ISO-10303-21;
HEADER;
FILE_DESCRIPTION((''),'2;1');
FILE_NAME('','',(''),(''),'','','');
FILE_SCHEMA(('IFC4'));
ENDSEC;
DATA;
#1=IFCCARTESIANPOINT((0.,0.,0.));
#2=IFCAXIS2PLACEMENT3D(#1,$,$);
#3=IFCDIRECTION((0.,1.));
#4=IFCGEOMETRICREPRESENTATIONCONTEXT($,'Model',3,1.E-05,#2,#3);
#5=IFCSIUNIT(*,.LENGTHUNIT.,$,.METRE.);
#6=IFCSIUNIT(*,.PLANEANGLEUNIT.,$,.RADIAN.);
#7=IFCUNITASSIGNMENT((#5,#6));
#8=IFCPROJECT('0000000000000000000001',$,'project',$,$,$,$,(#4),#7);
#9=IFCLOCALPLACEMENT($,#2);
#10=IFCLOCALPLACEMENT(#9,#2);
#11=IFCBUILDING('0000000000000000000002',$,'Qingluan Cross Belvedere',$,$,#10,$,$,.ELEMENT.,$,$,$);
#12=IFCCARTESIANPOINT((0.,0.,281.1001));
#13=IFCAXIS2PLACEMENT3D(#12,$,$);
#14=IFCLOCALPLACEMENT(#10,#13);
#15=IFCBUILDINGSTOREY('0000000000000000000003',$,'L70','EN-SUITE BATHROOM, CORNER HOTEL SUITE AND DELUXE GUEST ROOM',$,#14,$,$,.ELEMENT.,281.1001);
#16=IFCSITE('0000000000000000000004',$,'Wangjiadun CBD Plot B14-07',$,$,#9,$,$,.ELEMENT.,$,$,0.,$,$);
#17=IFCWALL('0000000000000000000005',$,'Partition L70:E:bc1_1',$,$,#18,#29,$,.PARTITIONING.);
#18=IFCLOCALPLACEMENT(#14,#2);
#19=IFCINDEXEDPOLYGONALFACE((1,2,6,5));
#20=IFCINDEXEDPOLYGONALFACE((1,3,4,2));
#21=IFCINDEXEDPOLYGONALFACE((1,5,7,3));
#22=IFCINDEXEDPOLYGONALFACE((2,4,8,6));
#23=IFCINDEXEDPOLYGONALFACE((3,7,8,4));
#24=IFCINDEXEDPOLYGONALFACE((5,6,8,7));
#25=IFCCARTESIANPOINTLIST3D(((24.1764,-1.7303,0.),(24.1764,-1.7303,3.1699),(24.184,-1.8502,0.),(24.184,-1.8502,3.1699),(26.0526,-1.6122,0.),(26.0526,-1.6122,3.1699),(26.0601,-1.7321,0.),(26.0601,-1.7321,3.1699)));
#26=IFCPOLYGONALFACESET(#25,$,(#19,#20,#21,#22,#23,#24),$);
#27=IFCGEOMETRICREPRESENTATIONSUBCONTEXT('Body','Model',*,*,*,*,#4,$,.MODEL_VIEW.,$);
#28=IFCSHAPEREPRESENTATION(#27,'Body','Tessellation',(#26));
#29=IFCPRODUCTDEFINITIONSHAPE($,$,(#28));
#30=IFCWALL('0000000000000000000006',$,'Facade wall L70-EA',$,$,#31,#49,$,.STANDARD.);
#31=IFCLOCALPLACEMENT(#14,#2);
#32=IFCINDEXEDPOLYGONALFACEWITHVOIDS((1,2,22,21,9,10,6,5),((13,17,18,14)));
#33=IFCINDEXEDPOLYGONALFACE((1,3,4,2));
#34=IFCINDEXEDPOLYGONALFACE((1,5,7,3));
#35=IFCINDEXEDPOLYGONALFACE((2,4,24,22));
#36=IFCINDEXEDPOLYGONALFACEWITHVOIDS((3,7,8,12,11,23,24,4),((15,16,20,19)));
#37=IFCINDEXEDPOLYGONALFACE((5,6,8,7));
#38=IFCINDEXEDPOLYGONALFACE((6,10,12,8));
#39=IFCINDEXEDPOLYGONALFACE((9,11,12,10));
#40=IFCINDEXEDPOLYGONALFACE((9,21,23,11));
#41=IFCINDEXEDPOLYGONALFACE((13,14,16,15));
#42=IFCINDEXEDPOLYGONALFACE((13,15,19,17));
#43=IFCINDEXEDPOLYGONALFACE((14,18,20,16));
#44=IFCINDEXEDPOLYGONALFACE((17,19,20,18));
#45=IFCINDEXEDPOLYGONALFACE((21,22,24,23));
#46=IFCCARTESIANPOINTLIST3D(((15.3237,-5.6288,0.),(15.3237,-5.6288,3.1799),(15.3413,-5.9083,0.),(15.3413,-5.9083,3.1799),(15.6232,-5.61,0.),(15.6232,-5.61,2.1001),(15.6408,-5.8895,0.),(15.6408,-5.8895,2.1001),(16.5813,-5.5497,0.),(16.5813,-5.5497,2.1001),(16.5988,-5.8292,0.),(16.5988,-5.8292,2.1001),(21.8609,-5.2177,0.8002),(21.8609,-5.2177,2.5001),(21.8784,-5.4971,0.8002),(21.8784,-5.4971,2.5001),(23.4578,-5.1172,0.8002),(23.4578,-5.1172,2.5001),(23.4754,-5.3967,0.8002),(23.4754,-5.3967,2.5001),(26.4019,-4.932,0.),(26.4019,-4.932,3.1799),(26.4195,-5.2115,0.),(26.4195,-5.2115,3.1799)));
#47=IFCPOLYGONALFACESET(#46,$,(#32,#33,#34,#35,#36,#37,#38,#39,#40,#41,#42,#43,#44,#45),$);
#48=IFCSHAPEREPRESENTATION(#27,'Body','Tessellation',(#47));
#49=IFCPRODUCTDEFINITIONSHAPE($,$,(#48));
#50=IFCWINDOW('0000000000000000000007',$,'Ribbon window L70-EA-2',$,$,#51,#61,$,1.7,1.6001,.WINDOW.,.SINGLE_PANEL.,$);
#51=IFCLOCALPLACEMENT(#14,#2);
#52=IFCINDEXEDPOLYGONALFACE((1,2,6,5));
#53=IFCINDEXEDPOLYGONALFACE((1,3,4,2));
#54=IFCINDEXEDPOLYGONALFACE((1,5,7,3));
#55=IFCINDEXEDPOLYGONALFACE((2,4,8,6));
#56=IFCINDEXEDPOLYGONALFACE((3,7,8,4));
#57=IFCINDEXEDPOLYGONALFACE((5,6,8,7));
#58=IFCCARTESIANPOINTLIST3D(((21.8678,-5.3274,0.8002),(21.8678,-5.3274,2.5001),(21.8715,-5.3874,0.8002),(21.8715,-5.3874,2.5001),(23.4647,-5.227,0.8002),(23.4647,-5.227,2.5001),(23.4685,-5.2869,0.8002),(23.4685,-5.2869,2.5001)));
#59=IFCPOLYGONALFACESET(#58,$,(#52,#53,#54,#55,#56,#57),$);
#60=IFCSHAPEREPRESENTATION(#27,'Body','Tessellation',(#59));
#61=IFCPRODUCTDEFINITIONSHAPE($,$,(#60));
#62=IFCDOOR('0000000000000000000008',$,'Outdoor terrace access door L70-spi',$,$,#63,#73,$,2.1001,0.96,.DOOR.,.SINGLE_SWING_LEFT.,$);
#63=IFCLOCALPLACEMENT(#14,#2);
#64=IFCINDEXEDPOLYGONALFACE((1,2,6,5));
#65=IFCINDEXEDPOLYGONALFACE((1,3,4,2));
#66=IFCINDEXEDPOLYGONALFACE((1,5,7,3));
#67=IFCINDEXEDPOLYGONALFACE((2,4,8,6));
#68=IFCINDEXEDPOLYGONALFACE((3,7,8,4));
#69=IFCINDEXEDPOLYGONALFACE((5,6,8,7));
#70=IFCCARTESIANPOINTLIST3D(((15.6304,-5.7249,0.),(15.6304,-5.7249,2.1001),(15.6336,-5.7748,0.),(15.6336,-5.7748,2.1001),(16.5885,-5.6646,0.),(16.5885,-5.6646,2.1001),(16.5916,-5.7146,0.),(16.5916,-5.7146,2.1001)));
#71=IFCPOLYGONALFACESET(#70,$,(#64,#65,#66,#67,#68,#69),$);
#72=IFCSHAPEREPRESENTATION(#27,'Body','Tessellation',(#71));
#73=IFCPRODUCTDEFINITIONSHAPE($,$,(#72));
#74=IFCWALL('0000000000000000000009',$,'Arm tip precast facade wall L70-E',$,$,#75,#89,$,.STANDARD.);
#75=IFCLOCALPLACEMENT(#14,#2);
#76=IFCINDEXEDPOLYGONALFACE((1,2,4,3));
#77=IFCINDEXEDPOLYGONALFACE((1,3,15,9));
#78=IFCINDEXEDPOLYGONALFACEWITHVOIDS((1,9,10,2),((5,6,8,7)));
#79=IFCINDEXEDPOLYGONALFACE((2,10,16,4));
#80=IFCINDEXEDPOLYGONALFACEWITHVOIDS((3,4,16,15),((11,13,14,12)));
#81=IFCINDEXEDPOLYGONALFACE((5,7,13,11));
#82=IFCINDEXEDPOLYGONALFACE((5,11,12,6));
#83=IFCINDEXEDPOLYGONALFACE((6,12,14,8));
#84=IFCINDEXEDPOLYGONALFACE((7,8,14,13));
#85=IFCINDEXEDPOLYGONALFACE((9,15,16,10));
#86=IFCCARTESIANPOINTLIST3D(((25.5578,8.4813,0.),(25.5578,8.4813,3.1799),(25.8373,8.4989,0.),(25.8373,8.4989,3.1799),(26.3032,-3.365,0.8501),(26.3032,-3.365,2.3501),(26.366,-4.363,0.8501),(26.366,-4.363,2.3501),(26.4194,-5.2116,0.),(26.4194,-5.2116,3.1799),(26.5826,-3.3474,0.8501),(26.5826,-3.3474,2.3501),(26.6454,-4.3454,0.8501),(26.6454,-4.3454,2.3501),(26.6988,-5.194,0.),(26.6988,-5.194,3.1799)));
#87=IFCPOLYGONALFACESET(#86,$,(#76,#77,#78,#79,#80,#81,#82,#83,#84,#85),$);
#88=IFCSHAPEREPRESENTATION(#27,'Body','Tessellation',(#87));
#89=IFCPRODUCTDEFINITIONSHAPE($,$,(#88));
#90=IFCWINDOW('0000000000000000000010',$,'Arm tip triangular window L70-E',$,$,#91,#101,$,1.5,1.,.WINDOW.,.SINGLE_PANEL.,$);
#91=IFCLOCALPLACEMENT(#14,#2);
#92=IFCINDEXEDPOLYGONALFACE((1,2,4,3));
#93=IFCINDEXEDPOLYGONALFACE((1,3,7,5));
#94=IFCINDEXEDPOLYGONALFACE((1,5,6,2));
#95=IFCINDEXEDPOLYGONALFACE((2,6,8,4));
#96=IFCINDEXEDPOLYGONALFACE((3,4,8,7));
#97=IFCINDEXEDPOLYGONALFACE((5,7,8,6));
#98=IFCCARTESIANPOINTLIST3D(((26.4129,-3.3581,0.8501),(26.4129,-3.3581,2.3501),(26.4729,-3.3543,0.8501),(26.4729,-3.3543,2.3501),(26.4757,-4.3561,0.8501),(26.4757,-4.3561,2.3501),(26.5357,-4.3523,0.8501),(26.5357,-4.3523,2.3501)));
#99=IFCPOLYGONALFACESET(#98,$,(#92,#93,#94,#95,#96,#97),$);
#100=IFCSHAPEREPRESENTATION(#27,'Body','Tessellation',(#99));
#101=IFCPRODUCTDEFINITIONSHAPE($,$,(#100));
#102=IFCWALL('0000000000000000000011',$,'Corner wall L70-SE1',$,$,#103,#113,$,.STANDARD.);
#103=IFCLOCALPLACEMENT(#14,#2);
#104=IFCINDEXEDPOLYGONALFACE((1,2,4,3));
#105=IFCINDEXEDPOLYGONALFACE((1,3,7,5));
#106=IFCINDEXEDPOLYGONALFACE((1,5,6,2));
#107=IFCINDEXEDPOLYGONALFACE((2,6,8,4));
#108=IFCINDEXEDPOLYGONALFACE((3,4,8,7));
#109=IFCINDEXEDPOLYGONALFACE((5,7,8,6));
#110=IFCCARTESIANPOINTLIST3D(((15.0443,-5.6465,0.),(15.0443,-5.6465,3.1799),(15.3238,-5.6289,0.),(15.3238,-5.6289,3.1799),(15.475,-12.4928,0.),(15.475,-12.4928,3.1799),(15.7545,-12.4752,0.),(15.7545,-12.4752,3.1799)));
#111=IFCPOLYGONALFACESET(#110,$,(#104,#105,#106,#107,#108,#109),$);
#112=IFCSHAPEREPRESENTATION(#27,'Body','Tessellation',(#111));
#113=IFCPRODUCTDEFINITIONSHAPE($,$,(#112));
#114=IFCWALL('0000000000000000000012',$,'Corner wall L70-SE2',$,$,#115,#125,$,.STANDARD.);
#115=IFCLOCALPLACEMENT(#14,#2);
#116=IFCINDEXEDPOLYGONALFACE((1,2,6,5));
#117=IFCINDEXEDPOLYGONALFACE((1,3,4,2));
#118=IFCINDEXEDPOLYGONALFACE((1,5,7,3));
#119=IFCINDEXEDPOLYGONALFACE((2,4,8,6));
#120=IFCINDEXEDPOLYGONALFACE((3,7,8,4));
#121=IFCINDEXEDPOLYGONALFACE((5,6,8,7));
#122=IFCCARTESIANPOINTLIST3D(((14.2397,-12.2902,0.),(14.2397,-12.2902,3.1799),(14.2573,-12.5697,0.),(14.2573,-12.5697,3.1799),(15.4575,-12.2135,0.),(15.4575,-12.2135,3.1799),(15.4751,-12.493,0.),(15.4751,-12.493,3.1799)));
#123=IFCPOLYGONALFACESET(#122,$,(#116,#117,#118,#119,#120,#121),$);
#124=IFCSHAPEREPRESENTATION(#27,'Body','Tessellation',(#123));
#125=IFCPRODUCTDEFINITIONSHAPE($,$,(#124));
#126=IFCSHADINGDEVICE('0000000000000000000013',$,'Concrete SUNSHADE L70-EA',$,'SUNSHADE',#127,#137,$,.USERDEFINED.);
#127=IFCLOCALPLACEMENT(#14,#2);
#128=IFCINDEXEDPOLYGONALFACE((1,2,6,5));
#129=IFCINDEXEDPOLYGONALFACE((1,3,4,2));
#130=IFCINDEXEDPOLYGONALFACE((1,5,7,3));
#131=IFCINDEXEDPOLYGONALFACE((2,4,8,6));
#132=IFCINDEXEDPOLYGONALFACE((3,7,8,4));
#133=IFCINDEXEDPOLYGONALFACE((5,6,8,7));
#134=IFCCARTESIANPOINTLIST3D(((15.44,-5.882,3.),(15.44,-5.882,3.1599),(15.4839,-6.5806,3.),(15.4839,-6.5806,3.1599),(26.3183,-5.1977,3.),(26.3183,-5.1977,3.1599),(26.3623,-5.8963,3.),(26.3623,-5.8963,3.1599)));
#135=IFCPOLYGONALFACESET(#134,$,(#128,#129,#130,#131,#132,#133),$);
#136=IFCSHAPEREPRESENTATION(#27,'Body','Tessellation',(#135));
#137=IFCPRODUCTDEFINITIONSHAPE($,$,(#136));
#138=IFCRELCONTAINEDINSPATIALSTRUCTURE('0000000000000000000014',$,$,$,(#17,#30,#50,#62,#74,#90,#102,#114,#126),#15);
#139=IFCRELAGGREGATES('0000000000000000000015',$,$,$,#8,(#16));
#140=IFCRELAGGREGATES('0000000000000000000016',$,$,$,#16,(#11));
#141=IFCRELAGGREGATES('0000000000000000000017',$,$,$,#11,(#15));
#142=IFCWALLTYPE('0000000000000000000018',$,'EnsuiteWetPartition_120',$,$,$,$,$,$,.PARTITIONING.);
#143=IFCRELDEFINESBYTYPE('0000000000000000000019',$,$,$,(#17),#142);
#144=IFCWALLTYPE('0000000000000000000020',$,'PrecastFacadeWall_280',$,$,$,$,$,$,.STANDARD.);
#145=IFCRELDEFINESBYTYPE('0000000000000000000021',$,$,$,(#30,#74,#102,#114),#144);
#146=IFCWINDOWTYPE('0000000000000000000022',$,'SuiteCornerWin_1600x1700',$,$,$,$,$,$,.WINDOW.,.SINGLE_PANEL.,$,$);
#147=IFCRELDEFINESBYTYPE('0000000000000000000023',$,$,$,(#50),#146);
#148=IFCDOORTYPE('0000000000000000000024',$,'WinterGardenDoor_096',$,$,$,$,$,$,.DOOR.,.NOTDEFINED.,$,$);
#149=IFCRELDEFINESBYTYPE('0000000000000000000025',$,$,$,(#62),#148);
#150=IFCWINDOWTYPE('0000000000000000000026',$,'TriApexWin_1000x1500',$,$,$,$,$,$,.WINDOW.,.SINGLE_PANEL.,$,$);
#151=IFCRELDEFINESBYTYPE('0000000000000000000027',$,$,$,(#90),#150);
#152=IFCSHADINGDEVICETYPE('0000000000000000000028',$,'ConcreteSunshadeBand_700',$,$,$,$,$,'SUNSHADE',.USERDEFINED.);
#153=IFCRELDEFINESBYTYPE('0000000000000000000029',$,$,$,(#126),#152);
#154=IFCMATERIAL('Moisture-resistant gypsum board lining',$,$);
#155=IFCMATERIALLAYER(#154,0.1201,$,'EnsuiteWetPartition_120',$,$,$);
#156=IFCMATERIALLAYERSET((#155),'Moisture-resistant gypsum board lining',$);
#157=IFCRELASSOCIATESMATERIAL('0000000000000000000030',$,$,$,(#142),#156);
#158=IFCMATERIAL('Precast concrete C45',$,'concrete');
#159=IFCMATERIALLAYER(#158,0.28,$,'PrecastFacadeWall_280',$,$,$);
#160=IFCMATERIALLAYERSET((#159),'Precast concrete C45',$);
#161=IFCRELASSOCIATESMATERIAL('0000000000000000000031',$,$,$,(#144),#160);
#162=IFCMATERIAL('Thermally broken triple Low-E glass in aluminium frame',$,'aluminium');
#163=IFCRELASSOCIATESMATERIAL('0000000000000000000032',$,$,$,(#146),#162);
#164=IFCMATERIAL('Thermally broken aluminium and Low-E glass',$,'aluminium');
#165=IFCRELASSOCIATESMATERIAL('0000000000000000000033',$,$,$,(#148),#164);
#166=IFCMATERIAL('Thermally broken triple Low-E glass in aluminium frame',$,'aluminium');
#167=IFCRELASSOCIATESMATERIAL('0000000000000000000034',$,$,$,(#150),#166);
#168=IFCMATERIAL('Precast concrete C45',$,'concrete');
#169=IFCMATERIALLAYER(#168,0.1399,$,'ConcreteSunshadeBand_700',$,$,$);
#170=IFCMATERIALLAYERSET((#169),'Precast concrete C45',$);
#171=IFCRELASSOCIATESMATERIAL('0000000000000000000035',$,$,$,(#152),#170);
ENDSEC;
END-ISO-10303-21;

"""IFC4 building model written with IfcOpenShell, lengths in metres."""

from ifc_helpers import new_model, si_unit, direction, frame, frame_2d, origin, origin_2d, place, context, subcontext, project, spatial, rectangle, extrude, material, layer, layer_set, type_object, element, fill, save


model = new_model("IFC4")

# Units and contexts
model_context = context("Model", 3, precision=1e-05, world=origin(), true_north=direction((0.0, 1.0)))
body_context = subcontext(model_context, "Body", "Model", "MODEL_VIEW")
ifc_project = project(units=[si_unit("LENGTHUNIT", "METRE"), si_unit("PLANEANGLEUNIT", "RADIAN")], contexts=[model_context])

# Site, building, storey
site_placement = place(None, origin())
site = spatial("IfcSite", under=ifc_project, at=site_placement, Name="Wangjiadun CBD Plot B14-07", CompositionType="ELEMENT", RefElevation=0.0)
building_placement = place(site_placement, origin())
building = spatial("IfcBuilding", under=site, at=building_placement, Name="Qingluan Cross Belvedere", CompositionType="ELEMENT")
storey_placement = place(building_placement, frame((0.0, 0.0, 281.1001)))
storey = spatial("IfcBuildingStorey", under=building, at=storey_placement, Name="L70", Description="EN-SUITE BATHROOM, CORNER HOTEL SUITE AND DELUXE GUEST ROOM", CompositionType="ELEMENT", Elevation=281.1001)

# Shared definitions
ifc_material_1 = material(Name="Moisture-resistant gypsum board lining")
ifc_layer_1 = layer(ifc_material_1, 0.1201, Name="EnsuiteWetPartition_120")
ifc_layer_set_1 = layer_set([ifc_layer_1], Name="Moisture-resistant gypsum board lining")
wall_type_1 = type_object("IfcWallType", Name="EnsuiteWetPartition_120", PredefinedType="PARTITIONING", material=ifc_layer_set_1)

# Wall
wall_1_placement = place(storey_placement, frame((24.1802, -1.7903, 0.0), z_axis=(0.0, 0.0, 1.0), x_axis=(0.998023, 0.062855, 0.0)))
element("IfcWall", 1, at=wall_1_placement, inside=storey, type_object=wall_type_1, Name="Partition L70:E:bc1_1", PredefinedType="PARTITIONING", context=body_context, shape_type="SweptSolid", body=[
    extrude(rectangle(XDim=1.8799, YDim=0.1201, at=frame_2d((0.9399, 0.0))), origin(), (0.0, 0.0, 1.0), 3.1699),
])

# Wall, openings, window, door
ifc_material_2 = material(Name="Precast concrete C45", Category="concrete")
ifc_layer_2 = layer(ifc_material_2, 0.28, Name="PrecastFacadeWall_280")
ifc_layer_set_2 = layer_set([ifc_layer_2], Name="Precast concrete C45")
wall_type_2 = type_object("IfcWallType", Name="PrecastFacadeWall_280", PredefinedType="STANDARD", material=ifc_layer_set_2)
wall_2_placement = place(storey_placement, frame((15.3325, -5.7686, 0.0), z_axis=(0.0, 0.0, 1.0), x_axis=(0.998028, 0.062773, 0.0)))
wall_2 = element("IfcWall", 2, at=wall_2_placement, inside=storey, type_object=wall_type_2, Name="Facade wall L70-EA", PredefinedType="STANDARD", context=body_context, shape_type="SweptSolid", body=[
    extrude(rectangle(XDim=11.1001, YDim=0.28, at=frame_2d((5.55, 0.0))), origin(), (0.0, 0.0, 1.0), 3.1799),
])
opening_1_placement = place(wall_2_placement, frame((6.55, 0.0, 0.8)))
opening_1 = element("IfcOpeningElement", 3, at=opening_1_placement, cuts=wall_2, PredefinedType="OPENING", context=body_context, shape_type="SweptSolid", body=[
    extrude(rectangle(XDim=1.6001, YDim=1.7, at=frame_2d((0.8, 0.8501))), frame((0.0, 0.1499, 0.0), z_axis=(0.0, -1.0, 0.0), x_axis=(1.0, 0.0, 0.0)), (0.0, 0.0, 1.0), 0.3),
])
opening_2_placement = place(wall_2_placement, frame((0.3, 0.0, 0.0)))
opening_2 = element("IfcOpeningElement", 4, at=opening_2_placement, cuts=wall_2, PredefinedType="OPENING", context=body_context, shape_type="SweptSolid", body=[
    extrude(rectangle(XDim=0.96, YDim=2.1001, at=frame_2d((0.48, 1.05))), frame((0.0, 0.1499, 0.0), z_axis=(0.0, -1.0, 0.0), x_axis=(1.0, 0.0, 0.0)), (0.0, 0.0, 1.0), 0.3),
])
ifc_material_3 = material(Name="Thermally broken triple Low-E glass in aluminium frame", Category="aluminium")
window_type_1 = type_object("IfcWindowType", Name="SuiteCornerWin_1600x1700", PartitioningType="SINGLE_PANEL", PredefinedType="WINDOW", material=ifc_material_3)
window_1_placement = place(opening_1_placement, origin())
window_1 = element("IfcWindow", 5, at=window_1_placement, inside=storey, type_object=window_type_1, Name="Ribbon window L70-EA-2", OverallHeight=1.7, OverallWidth=1.6001, PartitioningType="SINGLE_PANEL", PredefinedType="WINDOW", context=body_context, shape_type="SweptSolid", body=[
    extrude(rectangle(XDim=1.6001, YDim=1.7, at=frame_2d((0.8, 0.8501))), frame((0.0, 0.03, 0.0), z_axis=(0.0, -1.0, 0.0), x_axis=(1.0, 0.0, 0.0)), (0.0, 0.0, 1.0), 0.0601),
])
fill(opening_1, window_1)
ifc_material_4 = material(Name="Thermally broken aluminium and Low-E glass", Category="aluminium")
door_type_1 = type_object("IfcDoorType", Name="WinterGardenDoor_096", OperationType="NOTDEFINED", PredefinedType="DOOR", material=ifc_material_4)
door_1_placement = place(opening_2_placement, origin())
door_1 = element("IfcDoor", 6, at=door_1_placement, inside=storey, type_object=door_type_1, Name="Outdoor terrace access door L70-spi", OperationType="SINGLE_SWING_LEFT", OverallHeight=2.1001, OverallWidth=0.96, PredefinedType="DOOR", context=body_context, shape_type="SweptSolid", body=[
    extrude(rectangle(XDim=0.96, YDim=2.1001, at=frame_2d((0.48, 1.05))), frame((0.0, 0.0249, 0.0), z_axis=(0.0, -1.0, 0.0), x_axis=(1.0, 0.0, 0.0)), (0.0, 0.0, 1.0), 0.05),
])
fill(opening_2, door_1)

# Wall, opening, window
wall_3_placement = place(storey_placement, frame((26.5591, -5.2026, 0.0), z_axis=(0.0, 0.0, 1.0), x_axis=(-0.062797, 0.998026, 0.0)))
wall_3 = element("IfcWall", 7, at=wall_3_placement, inside=storey, type_object=wall_type_2, Name="Arm tip precast facade wall L70-E", PredefinedType="STANDARD", context=body_context, shape_type="SweptSolid", body=[
    extrude(rectangle(XDim=13.72, YDim=0.28, at=frame_2d((6.8599, 0.0))), origin(), (0.0, 0.0, 1.0), 3.1799),
])
opening_3_placement = place(wall_3_placement, frame((0.8501, 0.0, 0.8501)))
opening_3 = element("IfcOpeningElement", 8, at=opening_3_placement, cuts=wall_3, PredefinedType="OPENING", context=body_context, shape_type="SweptSolid", body=[
    extrude(rectangle(XDim=1.0, YDim=1.5, at=frame_2d((0.5, 0.75))), frame((0.0, 0.1499, 0.0), z_axis=(0.0, -1.0, 0.0), x_axis=(1.0, 0.0, 0.0)), (0.0, 0.0, 1.0), 0.3),
])
ifc_material_5 = material(Name="Thermally broken triple Low-E glass in aluminium frame", Category="aluminium")
window_type_2 = type_object("IfcWindowType", Name="TriApexWin_1000x1500", PartitioningType="SINGLE_PANEL", PredefinedType="WINDOW", material=ifc_material_5)
window_2_placement = place(opening_3_placement, origin())
window_2 = element("IfcWindow", 9, at=window_2_placement, inside=storey, type_object=window_type_2, Name="Arm tip triangular window L70-E", OverallHeight=1.5, OverallWidth=1.0, PartitioningType="SINGLE_PANEL", PredefinedType="WINDOW", context=body_context, shape_type="SweptSolid", body=[
    extrude(rectangle(XDim=1.0, YDim=1.5, at=frame_2d((0.5, 0.75))), frame((0.0, 0.03, 0.0), z_axis=(0.0, -1.0, 0.0), x_axis=(1.0, 0.0, 0.0)), (0.0, 0.0, 1.0), 0.0601),
])
fill(opening_3, window_2)

# Walls
wall_4_placement = place(storey_placement, frame((15.1841, -5.6377, 0.0), z_axis=(0.0, 0.0, 1.0), x_axis=(0.062779, -0.998027, 0.0)))
element("IfcWall", 10, at=wall_4_placement, inside=storey, type_object=wall_type_2, Name="Corner wall L70-SE1", PredefinedType="STANDARD", context=body_context, shape_type="SweptSolid", body=[
    extrude(rectangle(XDim=6.8599, YDim=0.28, at=frame_2d((3.4299, 0.0))), origin(), (0.0, 0.0, 1.0), 3.1799),
])
wall_5_placement = place(storey_placement, frame((15.4663, -12.3533, 0.0), z_axis=(0.0, 0.0, 1.0), x_axis=(-0.998024, -0.062827, 0.0)))
element("IfcWall", 11, at=wall_5_placement, inside=storey, type_object=wall_type_2, Name="Corner wall L70-SE2", PredefinedType="STANDARD", context=body_context, shape_type="SweptSolid", body=[
    extrude(rectangle(XDim=1.2202, YDim=0.28, at=frame_2d((0.6101, 0.0))), origin(), (0.0, 0.0, 1.0), 3.1799),
])

# Shading device
ifc_material_6 = material(Name="Precast concrete C45", Category="concrete")
ifc_layer_3 = layer(ifc_material_6, 0.1399, Name="ConcreteSunshadeBand_700")
ifc_layer_set_3 = layer_set([ifc_layer_3], Name="Precast concrete C45")
shading_device_type = type_object("IfcShadingDeviceType", Name="ConcreteSunshadeBand_700", ElementType="SUNSHADE", PredefinedType="USERDEFINED", material=ifc_layer_set_3)
shading_device_placement = place(storey_placement, frame((20.9011, -5.8892, 3.0), z_axis=(0.0, 0.0, 1.0), x_axis=(0.998027, 0.062784, 0.0)))
element("IfcShadingDevice", 12, at=shading_device_placement, inside=storey, type_object=shading_device_type, Name="Concrete SUNSHADE L70-EA", ObjectType="SUNSHADE", PredefinedType="USERDEFINED", context=body_context, shape_type="SweptSolid", body=[
    extrude(rectangle(XDim=10.8999, YDim=0.7, at=origin_2d()), origin(), (0.0, 0.0, 1.0), 0.1599),
])

save(model, "model.ifc")
